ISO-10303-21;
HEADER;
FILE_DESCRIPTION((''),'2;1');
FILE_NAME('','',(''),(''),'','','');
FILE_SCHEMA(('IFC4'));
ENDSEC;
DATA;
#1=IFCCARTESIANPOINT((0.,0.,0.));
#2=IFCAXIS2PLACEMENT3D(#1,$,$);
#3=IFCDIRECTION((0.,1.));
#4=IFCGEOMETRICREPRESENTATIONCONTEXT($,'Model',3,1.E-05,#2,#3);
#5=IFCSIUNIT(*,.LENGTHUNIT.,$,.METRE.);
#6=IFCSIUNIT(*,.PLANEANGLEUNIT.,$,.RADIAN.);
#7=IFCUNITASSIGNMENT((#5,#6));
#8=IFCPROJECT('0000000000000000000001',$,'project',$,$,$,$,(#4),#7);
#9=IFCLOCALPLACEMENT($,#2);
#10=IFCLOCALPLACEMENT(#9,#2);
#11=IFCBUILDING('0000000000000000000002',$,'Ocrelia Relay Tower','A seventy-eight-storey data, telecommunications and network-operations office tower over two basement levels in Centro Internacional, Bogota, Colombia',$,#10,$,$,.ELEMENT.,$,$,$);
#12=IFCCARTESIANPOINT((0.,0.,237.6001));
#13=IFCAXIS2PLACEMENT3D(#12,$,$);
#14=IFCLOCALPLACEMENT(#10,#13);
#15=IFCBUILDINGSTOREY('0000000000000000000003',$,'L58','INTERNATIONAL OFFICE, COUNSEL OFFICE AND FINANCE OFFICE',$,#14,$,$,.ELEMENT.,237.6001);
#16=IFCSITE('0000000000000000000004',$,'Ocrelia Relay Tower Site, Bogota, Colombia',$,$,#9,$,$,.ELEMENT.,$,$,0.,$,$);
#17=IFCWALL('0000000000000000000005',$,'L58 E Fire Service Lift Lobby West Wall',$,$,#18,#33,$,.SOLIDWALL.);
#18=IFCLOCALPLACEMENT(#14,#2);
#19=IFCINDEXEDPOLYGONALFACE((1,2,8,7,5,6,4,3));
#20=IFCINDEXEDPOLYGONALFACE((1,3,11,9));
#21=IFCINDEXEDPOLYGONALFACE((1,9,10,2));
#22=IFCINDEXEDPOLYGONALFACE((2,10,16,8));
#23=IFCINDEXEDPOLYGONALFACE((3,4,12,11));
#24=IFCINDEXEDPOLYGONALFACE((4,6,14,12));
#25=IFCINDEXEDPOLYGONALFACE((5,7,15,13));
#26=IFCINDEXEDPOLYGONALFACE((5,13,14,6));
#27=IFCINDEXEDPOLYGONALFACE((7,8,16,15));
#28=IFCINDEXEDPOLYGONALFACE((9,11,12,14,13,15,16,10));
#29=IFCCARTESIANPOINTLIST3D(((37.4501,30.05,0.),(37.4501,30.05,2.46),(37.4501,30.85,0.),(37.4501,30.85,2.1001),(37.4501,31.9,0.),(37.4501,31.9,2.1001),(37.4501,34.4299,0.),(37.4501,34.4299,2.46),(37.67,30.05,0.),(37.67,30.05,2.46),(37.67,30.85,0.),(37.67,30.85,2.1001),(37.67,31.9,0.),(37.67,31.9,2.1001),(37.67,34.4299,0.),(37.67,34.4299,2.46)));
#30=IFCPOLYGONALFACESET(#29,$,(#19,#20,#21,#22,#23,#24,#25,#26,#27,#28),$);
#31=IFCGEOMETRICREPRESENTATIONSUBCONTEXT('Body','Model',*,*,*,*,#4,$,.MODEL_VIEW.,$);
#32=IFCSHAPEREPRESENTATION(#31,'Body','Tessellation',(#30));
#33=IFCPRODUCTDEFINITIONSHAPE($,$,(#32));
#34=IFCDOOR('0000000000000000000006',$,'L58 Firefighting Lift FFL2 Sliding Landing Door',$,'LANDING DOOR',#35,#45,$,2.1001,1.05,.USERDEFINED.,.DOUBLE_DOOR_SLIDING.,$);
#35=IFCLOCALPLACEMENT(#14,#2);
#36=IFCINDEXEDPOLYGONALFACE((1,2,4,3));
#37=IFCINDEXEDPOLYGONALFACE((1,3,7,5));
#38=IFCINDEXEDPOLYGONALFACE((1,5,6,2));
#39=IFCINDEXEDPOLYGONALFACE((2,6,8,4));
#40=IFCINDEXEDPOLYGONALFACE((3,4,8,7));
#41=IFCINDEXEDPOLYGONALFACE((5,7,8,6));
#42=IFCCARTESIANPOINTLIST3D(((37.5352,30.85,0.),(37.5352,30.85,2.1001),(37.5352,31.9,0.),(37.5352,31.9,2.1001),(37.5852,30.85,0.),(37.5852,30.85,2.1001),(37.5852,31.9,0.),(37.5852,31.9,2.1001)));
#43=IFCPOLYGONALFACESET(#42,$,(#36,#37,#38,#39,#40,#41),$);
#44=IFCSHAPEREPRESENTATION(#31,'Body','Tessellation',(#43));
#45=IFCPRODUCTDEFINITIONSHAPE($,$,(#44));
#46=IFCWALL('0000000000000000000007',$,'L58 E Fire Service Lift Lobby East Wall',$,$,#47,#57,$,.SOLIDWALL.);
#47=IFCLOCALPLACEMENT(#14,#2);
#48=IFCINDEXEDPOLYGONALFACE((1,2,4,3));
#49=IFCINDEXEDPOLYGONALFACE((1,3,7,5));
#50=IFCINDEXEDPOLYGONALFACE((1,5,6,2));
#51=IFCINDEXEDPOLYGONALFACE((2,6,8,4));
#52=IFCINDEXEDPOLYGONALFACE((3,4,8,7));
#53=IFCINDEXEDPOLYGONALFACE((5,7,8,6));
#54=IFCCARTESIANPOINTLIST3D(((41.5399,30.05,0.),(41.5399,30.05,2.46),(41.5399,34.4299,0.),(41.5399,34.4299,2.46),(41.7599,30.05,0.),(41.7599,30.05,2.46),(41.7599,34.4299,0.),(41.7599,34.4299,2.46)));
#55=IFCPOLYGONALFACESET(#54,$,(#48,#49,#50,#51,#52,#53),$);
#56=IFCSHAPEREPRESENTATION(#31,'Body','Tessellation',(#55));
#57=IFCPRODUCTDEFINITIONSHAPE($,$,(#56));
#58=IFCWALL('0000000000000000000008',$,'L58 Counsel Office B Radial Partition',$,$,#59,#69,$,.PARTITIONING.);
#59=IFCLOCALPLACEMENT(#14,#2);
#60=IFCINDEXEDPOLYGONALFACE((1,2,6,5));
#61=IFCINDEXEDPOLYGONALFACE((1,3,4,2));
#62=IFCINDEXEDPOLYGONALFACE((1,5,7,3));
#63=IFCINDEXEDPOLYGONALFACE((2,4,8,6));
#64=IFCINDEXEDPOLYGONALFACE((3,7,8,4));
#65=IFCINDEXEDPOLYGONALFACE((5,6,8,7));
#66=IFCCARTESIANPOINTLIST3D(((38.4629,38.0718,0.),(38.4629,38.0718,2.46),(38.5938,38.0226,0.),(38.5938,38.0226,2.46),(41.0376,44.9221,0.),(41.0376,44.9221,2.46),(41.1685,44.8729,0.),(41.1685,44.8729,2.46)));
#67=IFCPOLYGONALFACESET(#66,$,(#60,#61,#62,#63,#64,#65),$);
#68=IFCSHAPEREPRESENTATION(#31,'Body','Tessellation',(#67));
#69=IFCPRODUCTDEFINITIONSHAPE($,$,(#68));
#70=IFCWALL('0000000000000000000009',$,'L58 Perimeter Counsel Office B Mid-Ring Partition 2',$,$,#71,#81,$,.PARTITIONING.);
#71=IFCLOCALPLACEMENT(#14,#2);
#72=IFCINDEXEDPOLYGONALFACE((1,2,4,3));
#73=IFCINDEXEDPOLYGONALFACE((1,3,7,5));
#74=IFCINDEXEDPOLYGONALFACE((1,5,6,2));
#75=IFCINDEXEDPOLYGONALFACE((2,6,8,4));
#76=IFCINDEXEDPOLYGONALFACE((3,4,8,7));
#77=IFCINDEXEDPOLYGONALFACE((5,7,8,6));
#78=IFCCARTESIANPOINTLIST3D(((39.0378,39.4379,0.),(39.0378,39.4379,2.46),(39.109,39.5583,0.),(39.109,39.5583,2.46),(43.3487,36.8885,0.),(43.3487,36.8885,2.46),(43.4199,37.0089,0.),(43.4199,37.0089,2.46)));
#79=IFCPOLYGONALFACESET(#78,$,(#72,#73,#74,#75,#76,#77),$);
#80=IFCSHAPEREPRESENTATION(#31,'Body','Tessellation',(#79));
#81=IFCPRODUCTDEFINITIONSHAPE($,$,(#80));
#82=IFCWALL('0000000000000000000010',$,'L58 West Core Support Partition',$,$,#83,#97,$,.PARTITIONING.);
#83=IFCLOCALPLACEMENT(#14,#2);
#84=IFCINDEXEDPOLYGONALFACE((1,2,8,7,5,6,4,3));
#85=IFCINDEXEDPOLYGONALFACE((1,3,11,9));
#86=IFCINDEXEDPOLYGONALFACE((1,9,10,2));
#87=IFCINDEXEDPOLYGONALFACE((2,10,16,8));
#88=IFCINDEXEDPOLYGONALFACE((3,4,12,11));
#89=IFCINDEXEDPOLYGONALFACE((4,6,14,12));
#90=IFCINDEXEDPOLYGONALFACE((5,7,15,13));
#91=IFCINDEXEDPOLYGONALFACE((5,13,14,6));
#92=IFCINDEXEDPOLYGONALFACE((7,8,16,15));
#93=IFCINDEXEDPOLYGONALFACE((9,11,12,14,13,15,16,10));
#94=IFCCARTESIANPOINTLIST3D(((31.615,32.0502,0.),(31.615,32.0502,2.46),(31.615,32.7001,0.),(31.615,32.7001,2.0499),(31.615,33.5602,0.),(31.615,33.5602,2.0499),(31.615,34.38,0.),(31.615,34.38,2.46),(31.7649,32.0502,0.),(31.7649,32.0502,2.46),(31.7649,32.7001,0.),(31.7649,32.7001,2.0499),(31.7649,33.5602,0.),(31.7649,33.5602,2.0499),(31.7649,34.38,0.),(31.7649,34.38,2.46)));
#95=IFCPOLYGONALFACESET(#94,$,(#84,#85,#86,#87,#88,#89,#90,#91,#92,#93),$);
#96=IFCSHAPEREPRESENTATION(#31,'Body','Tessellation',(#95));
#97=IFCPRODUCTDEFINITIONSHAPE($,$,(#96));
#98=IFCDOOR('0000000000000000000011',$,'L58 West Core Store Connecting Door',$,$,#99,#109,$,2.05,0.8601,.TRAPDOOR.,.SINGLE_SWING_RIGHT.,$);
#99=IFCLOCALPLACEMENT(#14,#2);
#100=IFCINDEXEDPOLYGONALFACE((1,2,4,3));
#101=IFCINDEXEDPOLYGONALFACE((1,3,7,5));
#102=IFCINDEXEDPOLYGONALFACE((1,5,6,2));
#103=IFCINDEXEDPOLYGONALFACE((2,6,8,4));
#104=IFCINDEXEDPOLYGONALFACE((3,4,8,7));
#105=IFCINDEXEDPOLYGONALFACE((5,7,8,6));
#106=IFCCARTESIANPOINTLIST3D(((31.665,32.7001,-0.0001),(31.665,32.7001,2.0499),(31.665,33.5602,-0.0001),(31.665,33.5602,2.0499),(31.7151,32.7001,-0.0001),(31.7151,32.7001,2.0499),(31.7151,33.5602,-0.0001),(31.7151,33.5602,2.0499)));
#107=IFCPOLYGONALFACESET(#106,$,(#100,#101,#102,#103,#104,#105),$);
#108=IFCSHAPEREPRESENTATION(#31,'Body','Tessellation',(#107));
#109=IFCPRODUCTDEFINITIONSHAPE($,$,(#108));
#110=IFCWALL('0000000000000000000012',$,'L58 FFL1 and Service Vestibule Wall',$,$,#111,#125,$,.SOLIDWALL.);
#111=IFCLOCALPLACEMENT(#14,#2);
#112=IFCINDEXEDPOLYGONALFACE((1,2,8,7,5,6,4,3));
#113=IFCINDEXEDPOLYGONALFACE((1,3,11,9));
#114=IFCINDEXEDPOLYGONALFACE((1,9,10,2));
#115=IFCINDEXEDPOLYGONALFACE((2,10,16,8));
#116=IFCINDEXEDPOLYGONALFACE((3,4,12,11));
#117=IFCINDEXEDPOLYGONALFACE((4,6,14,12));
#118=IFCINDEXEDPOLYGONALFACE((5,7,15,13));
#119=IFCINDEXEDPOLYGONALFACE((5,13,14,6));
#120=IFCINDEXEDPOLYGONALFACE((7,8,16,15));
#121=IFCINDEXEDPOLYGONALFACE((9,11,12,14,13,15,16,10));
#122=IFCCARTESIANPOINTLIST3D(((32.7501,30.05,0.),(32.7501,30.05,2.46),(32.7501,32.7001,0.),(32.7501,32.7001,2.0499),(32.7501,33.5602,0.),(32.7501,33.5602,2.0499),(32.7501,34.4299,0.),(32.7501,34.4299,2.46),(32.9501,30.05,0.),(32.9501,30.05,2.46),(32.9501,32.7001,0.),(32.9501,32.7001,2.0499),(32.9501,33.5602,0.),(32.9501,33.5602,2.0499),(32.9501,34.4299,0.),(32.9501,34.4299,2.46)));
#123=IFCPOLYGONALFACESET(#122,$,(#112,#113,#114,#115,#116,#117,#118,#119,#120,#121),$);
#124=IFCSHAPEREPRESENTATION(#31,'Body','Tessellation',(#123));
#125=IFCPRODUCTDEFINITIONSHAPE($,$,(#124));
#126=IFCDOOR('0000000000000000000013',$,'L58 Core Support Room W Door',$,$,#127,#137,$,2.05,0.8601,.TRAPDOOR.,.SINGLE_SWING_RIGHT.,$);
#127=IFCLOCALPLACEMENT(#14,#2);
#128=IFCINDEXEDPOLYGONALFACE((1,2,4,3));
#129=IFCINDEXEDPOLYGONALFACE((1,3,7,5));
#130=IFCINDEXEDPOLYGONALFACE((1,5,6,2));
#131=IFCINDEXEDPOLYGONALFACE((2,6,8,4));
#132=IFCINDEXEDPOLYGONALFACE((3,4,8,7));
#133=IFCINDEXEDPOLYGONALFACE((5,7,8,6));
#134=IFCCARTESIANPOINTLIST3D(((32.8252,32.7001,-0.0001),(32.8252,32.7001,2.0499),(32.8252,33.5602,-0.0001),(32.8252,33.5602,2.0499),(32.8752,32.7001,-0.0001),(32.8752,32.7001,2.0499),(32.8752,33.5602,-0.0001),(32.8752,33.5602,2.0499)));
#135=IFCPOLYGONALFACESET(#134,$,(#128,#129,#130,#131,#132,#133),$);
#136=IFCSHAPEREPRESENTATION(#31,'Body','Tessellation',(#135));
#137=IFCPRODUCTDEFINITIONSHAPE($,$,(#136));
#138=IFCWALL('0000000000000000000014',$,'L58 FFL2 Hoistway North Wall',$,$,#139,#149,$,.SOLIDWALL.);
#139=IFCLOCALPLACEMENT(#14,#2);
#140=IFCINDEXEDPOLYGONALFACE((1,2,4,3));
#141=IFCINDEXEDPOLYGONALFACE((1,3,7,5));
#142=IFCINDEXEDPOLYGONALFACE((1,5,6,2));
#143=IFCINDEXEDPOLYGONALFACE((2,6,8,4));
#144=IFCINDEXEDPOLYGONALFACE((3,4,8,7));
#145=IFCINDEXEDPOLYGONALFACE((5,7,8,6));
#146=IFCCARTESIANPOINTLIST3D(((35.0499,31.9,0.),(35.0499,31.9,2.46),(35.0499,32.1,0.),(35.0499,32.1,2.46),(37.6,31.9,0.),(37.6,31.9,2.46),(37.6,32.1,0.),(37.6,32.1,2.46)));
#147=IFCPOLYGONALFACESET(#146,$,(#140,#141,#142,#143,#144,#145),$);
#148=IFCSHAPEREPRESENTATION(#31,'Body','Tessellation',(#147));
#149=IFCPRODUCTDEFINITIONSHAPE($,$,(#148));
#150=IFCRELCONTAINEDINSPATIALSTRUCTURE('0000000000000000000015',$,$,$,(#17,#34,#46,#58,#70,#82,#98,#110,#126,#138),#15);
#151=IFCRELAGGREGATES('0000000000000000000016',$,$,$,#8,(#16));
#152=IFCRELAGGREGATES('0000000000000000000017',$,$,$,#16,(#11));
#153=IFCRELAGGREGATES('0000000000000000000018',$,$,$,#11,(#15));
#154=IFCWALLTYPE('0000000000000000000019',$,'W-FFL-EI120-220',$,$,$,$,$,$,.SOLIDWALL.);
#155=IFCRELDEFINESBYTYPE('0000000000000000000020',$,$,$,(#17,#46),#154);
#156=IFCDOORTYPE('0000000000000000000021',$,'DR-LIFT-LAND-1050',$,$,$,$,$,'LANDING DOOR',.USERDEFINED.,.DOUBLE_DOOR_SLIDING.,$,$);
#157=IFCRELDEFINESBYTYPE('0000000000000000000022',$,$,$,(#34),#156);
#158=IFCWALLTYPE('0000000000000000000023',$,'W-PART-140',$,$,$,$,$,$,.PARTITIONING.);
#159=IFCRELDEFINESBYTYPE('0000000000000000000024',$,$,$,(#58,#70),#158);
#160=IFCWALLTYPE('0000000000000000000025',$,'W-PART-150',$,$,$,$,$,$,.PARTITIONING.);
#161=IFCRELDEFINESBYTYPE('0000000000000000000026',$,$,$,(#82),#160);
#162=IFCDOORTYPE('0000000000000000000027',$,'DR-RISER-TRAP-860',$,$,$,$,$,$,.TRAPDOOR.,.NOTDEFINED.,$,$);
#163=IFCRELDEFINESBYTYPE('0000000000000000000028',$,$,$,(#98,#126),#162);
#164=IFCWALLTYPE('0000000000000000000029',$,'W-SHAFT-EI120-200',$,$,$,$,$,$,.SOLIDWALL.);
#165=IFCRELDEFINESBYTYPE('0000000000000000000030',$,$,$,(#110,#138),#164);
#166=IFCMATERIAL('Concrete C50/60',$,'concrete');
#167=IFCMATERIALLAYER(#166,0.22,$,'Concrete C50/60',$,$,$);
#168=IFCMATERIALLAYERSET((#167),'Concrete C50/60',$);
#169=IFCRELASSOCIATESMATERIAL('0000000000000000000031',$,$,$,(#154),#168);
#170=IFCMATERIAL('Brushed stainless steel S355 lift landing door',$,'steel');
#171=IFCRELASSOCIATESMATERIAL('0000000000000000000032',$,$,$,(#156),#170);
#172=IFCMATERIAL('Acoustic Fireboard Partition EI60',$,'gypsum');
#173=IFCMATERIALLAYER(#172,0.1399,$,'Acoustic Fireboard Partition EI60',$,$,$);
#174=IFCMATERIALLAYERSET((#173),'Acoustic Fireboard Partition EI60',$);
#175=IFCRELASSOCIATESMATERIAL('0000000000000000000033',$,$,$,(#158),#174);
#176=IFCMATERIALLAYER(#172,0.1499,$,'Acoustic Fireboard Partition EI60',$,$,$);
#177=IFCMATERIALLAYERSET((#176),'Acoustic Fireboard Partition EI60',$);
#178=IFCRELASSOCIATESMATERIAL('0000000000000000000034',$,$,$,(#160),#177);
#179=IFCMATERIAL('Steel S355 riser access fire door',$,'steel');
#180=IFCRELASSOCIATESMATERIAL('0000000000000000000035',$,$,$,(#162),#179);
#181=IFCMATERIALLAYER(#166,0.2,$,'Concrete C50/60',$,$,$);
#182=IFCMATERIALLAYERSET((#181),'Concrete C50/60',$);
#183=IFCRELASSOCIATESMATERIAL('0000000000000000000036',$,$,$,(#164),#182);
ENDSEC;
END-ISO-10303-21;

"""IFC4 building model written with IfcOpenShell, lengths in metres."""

from ifc_helpers import new_model, si_unit, direction, frame, frame_2d, origin, place, context, subcontext, project, spatial, rectangle, extrude, material, layer, layer_set, type_object, element, fill, save


model = new_model("IFC4")

# Units and contexts
model_context = context("Model", 3, precision=1e-05, world=origin(), true_north=direction((0.0, 1.0)))
body_context = subcontext(model_context, "Body", "Model", "MODEL_VIEW")
ifc_project = project(units=[si_unit("LENGTHUNIT", "METRE"), si_unit("PLANEANGLEUNIT", "RADIAN")], contexts=[model_context])

# Site, building, storey
site_placement = place(None, origin())
site = spatial("IfcSite", under=ifc_project, at=site_placement, Name="Ocrelia Relay Tower Site, Bogota, Colombia", CompositionType="ELEMENT", RefElevation=0.0)
building_placement = place(site_placement, origin())
building = spatial("IfcBuilding", under=site, at=building_placement, Name="Ocrelia Relay Tower", Description="A seventy-eight-storey data, telecommunications and network-operations office tower over two basement levels in Centro Internacional, Bogota, Colombia", CompositionType="ELEMENT")
storey_placement = place(building_placement, frame((0.0, 0.0, 237.6001)))
storey = spatial("IfcBuildingStorey", under=building, at=storey_placement, Name="L58", Description="INTERNATIONAL OFFICE, COUNSEL OFFICE AND FINANCE OFFICE", CompositionType="ELEMENT", Elevation=237.6001)

# Wall, opening, door
ifc_material_1 = material(Name="Concrete C50/60", Category="concrete")
ifc_layer_1 = layer(ifc_material_1, 0.22, Name="Concrete C50/60")
ifc_layer_set_1 = layer_set([ifc_layer_1], Name="Concrete C50/60")
wall_type_1 = type_object("IfcWallType", Name="W-FFL-EI120-220", PredefinedType="SOLIDWALL", material=ifc_layer_set_1)
wall_1_placement = place(storey_placement, frame((37.5601, 30.05, 0.0), z_axis=(0.0, 0.0, 1.0), x_axis=(0.0, 1.0, 0.0)))
wall_1 = element("IfcWall", 1, at=wall_1_placement, inside=storey, type_object=wall_type_1, Name="L58 E Fire Service Lift Lobby West Wall", PredefinedType="SOLIDWALL", context=body_context, shape_type="SweptSolid", body=[
    extrude(rectangle(XDim=4.3799, YDim=0.22, at=frame_2d((2.1899, 0.0))), origin(), (0.0, 0.0, 1.0), 2.46),
])
opening_1_placement = place(wall_1_placement, frame((0.8, 0.0, 0.0)))
opening_1 = element("IfcOpeningElement", 2, at=opening_1_placement, cuts=wall_1, PredefinedType="OPENING", context=body_context, shape_type="SweptSolid", body=[
    extrude(rectangle(XDim=1.05, YDim=2.1001, at=frame_2d((0.5249, 1.05))), frame((0.0, 0.1201, 0.0), z_axis=(0.0, -1.0, 0.0), x_axis=(1.0, 0.0, 0.0)), (0.0, 0.0, 1.0), 0.24),
])
ifc_material_2 = material(Name="Brushed stainless steel S355 lift landing door", Category="steel")
door_type_1 = type_object("IfcDoorType", Name="DR-LIFT-LAND-1050", ElementType="LANDING DOOR", OperationType="DOUBLE_DOOR_SLIDING", PredefinedType="USERDEFINED", material=ifc_material_2)
door_1_placement = place(opening_1_placement, origin())
door_1 = element("IfcDoor", 3, at=door_1_placement, inside=storey, type_object=door_type_1, Name="L58 Firefighting Lift FFL2 Sliding Landing Door", ObjectType="LANDING DOOR", OperationType="DOUBLE_DOOR_SLIDING", OverallHeight=2.1001, OverallWidth=1.05, PredefinedType="USERDEFINED", context=body_context, shape_type="SweptSolid", body=[
    extrude(rectangle(XDim=1.05, YDim=2.1001, at=frame_2d((0.5249, 1.05))), frame((0.0, 0.0249, 0.0), z_axis=(0.0, -1.0, 0.0), x_axis=(1.0, 0.0, 0.0)), (0.0, 0.0, 1.0), 0.05),
])
fill(opening_1, door_1)

# Wall
wall_2_placement = place(storey_placement, frame((41.6499, 30.05, 0.0), z_axis=(0.0, 0.0, 1.0), x_axis=(0.0, 1.0, 0.0)))
element("IfcWall", 4, at=wall_2_placement, inside=storey, type_object=wall_type_1, Name="L58 E Fire Service Lift Lobby East Wall", PredefinedType="SOLIDWALL", context=body_context, shape_type="SweptSolid", body=[
    extrude(rectangle(XDim=4.3799, YDim=0.22, at=frame_2d((2.1899, 0.0))), origin(), (0.0, 0.0, 1.0), 2.46),
])

# Walls
ifc_material_3 = material(Name="Acoustic Fireboard Partition EI60", Category="gypsum")
ifc_layer_2 = layer(ifc_material_3, 0.1399, Name="Acoustic Fireboard Partition EI60")
ifc_layer_set_2 = layer_set([ifc_layer_2], Name="Acoustic Fireboard Partition EI60")
wall_type_2 = type_object("IfcWallType", Name="W-PART-140", PredefinedType="PARTITIONING", material=ifc_layer_set_2)
wall_3_placement = place(storey_placement, frame((38.5283, 38.0471, 0.0), z_axis=(0.0, 0.0, 1.0), x_axis=(0.351822, 0.936067, 0.0)))
element("IfcWall", 5, at=wall_3_placement, inside=storey, type_object=wall_type_2, Name="L58 Counsel Office B Radial Partition", PredefinedType="PARTITIONING", context=body_context, shape_type="SweptSolid", body=[
    extrude(rectangle(XDim=7.3181, YDim=0.1399, at=frame_2d((3.6592, 0.0))), origin(), (0.0, 0.0, 1.0), 2.46),
])
wall_4_placement = place(storey_placement, frame((43.3843, 36.9487, 0.0), z_axis=(0.0, 0.0, 1.0), x_axis=(-0.860749, 0.50903, 0.0)))
element("IfcWall", 6, at=wall_4_placement, inside=storey, type_object=wall_type_2, Name="L58 Perimeter Counsel Office B Mid-Ring Partition 2", PredefinedType="PARTITIONING", context=body_context, shape_type="SweptSolid", body=[
    extrude(rectangle(XDim=5.0083, YDim=0.1399, at=frame_2d((2.5042, 0.0))), origin(), (0.0, 0.0, 1.0), 2.46),
])

# Walls, openings, doors
ifc_layer_3 = layer(ifc_material_3, 0.1499, Name="Acoustic Fireboard Partition EI60")
ifc_layer_set_3 = layer_set([ifc_layer_3], Name="Acoustic Fireboard Partition EI60")
wall_type_3 = type_object("IfcWallType", Name="W-PART-150", PredefinedType="PARTITIONING", material=ifc_layer_set_3)
wall_5_placement = place(storey_placement, frame((31.6899, 32.05, 0.0), z_axis=(0.0, 0.0, 1.0), x_axis=(0.0, 1.0, 0.0)))
wall_5 = element("IfcWall", 7, at=wall_5_placement, inside=storey, type_object=wall_type_3, Name="L58 West Core Support Partition", PredefinedType="PARTITIONING", context=body_context, shape_type="SweptSolid", body=[
    extrude(rectangle(XDim=2.3298, YDim=0.1499, at=frame_2d((1.165, 0.0))), origin(), (0.0, 0.0, 1.0), 2.46),
])
opening_2_placement = place(wall_5_placement, frame((0.6499, 0.0, 0.0)))
opening_2 = element("IfcOpeningElement", 8, at=opening_2_placement, cuts=wall_5, PredefinedType="OPENING", context=body_context, shape_type="SweptSolid", body=[
    extrude(rectangle(XDim=0.8601, YDim=2.05, at=frame_2d((0.4302, 1.0249))), frame((0.0, 0.085, 0.0), z_axis=(0.0, -1.0, 0.0), x_axis=(1.0, 0.0, 0.0)), (0.0, 0.0, 1.0), 0.1699),
])
ifc_material_4 = material(Name="Steel S355 riser access fire door", Category="steel")
door_type_2 = type_object("IfcDoorType", Name="DR-RISER-TRAP-860", OperationType="NOTDEFINED", PredefinedType="TRAPDOOR", material=ifc_material_4)
door_2_placement = place(opening_2_placement, origin())
door_2 = element("IfcDoor", 9, at=door_2_placement, inside=storey, type_object=door_type_2, Name="L58 West Core Store Connecting Door", OperationType="SINGLE_SWING_RIGHT", OverallHeight=2.05, OverallWidth=0.8601, PredefinedType="TRAPDOOR", context=body_context, shape_type="SweptSolid", body=[
    extrude(rectangle(XDim=0.8601, YDim=2.05, at=frame_2d((0.4302, 1.0249))), frame((0.0, 0.0249, 0.0), z_axis=(0.0, -1.0, 0.0), x_axis=(1.0, 0.0, 0.0)), (0.0, 0.0, 1.0), 0.05),
])
fill(opening_2, door_2)
ifc_layer_4 = layer(ifc_material_1, 0.2, Name="Concrete C50/60")
ifc_layer_set_4 = layer_set([ifc_layer_4], Name="Concrete C50/60")
wall_type_4 = type_object("IfcWallType", Name="W-SHAFT-EI120-200", PredefinedType="SOLIDWALL", material=ifc_layer_set_4)
wall_6_placement = place(storey_placement, frame((32.8501, 30.05, 0.0), z_axis=(0.0, 0.0, 1.0), x_axis=(0.0, 1.0, 0.0)))
wall_6 = element("IfcWall", 10, at=wall_6_placement, inside=storey, type_object=wall_type_4, Name="L58 FFL1 and Service Vestibule Wall", PredefinedType="SOLIDWALL", context=body_context, shape_type="SweptSolid", body=[
    extrude(rectangle(XDim=4.3799, YDim=0.2, at=frame_2d((2.1899, 0.0))), origin(), (0.0, 0.0, 1.0), 2.46),
])
opening_3_placement = place(wall_6_placement, frame((2.6499, 0.0, 0.0)))
opening_3 = element("IfcOpeningElement", 11, at=opening_3_placement, cuts=wall_6, PredefinedType="OPENING", context=body_context, shape_type="SweptSolid", body=[
    extrude(rectangle(XDim=0.8601, YDim=2.05, at=frame_2d((0.4302, 1.0249))), frame((0.0, 0.1099, 0.0), z_axis=(0.0, -1.0, 0.0), x_axis=(1.0, 0.0, 0.0)), (0.0, 0.0, 1.0), 0.22),
])
door_3_placement = place(opening_3_placement, origin())
door_3 = element("IfcDoor", 12, at=door_3_placement, inside=storey, type_object=door_type_2, Name="L58 Core Support Room W Door", OperationType="SINGLE_SWING_RIGHT", OverallHeight=2.05, OverallWidth=0.8601, PredefinedType="TRAPDOOR", context=body_context, shape_type="SweptSolid", body=[
    extrude(rectangle(XDim=0.8601, YDim=2.05, at=frame_2d((0.4302, 1.0249))), frame((0.0, 0.0249, 0.0), z_axis=(0.0, -1.0, 0.0), x_axis=(1.0, 0.0, 0.0)), (0.0, 0.0, 1.0), 0.05),
])
fill(opening_3, door_3)

# Wall
wall_7_placement = place(storey_placement, frame((35.05, 32.0, 0.0), z_axis=(0.0, 0.0, 1.0), x_axis=(1.0, 0.0, 0.0)))
element("IfcWall", 13, at=wall_7_placement, inside=storey, type_object=wall_type_4, Name="L58 FFL2 Hoistway North Wall", PredefinedType="SOLIDWALL", context=body_context, shape_type="SweptSolid", body=[
    extrude(rectangle(XDim=2.55, YDim=0.2, at=frame_2d((1.2749, 0.0))), origin(), (0.0, 0.0, 1.0), 2.46),
])

save(model, "model.ifc")
